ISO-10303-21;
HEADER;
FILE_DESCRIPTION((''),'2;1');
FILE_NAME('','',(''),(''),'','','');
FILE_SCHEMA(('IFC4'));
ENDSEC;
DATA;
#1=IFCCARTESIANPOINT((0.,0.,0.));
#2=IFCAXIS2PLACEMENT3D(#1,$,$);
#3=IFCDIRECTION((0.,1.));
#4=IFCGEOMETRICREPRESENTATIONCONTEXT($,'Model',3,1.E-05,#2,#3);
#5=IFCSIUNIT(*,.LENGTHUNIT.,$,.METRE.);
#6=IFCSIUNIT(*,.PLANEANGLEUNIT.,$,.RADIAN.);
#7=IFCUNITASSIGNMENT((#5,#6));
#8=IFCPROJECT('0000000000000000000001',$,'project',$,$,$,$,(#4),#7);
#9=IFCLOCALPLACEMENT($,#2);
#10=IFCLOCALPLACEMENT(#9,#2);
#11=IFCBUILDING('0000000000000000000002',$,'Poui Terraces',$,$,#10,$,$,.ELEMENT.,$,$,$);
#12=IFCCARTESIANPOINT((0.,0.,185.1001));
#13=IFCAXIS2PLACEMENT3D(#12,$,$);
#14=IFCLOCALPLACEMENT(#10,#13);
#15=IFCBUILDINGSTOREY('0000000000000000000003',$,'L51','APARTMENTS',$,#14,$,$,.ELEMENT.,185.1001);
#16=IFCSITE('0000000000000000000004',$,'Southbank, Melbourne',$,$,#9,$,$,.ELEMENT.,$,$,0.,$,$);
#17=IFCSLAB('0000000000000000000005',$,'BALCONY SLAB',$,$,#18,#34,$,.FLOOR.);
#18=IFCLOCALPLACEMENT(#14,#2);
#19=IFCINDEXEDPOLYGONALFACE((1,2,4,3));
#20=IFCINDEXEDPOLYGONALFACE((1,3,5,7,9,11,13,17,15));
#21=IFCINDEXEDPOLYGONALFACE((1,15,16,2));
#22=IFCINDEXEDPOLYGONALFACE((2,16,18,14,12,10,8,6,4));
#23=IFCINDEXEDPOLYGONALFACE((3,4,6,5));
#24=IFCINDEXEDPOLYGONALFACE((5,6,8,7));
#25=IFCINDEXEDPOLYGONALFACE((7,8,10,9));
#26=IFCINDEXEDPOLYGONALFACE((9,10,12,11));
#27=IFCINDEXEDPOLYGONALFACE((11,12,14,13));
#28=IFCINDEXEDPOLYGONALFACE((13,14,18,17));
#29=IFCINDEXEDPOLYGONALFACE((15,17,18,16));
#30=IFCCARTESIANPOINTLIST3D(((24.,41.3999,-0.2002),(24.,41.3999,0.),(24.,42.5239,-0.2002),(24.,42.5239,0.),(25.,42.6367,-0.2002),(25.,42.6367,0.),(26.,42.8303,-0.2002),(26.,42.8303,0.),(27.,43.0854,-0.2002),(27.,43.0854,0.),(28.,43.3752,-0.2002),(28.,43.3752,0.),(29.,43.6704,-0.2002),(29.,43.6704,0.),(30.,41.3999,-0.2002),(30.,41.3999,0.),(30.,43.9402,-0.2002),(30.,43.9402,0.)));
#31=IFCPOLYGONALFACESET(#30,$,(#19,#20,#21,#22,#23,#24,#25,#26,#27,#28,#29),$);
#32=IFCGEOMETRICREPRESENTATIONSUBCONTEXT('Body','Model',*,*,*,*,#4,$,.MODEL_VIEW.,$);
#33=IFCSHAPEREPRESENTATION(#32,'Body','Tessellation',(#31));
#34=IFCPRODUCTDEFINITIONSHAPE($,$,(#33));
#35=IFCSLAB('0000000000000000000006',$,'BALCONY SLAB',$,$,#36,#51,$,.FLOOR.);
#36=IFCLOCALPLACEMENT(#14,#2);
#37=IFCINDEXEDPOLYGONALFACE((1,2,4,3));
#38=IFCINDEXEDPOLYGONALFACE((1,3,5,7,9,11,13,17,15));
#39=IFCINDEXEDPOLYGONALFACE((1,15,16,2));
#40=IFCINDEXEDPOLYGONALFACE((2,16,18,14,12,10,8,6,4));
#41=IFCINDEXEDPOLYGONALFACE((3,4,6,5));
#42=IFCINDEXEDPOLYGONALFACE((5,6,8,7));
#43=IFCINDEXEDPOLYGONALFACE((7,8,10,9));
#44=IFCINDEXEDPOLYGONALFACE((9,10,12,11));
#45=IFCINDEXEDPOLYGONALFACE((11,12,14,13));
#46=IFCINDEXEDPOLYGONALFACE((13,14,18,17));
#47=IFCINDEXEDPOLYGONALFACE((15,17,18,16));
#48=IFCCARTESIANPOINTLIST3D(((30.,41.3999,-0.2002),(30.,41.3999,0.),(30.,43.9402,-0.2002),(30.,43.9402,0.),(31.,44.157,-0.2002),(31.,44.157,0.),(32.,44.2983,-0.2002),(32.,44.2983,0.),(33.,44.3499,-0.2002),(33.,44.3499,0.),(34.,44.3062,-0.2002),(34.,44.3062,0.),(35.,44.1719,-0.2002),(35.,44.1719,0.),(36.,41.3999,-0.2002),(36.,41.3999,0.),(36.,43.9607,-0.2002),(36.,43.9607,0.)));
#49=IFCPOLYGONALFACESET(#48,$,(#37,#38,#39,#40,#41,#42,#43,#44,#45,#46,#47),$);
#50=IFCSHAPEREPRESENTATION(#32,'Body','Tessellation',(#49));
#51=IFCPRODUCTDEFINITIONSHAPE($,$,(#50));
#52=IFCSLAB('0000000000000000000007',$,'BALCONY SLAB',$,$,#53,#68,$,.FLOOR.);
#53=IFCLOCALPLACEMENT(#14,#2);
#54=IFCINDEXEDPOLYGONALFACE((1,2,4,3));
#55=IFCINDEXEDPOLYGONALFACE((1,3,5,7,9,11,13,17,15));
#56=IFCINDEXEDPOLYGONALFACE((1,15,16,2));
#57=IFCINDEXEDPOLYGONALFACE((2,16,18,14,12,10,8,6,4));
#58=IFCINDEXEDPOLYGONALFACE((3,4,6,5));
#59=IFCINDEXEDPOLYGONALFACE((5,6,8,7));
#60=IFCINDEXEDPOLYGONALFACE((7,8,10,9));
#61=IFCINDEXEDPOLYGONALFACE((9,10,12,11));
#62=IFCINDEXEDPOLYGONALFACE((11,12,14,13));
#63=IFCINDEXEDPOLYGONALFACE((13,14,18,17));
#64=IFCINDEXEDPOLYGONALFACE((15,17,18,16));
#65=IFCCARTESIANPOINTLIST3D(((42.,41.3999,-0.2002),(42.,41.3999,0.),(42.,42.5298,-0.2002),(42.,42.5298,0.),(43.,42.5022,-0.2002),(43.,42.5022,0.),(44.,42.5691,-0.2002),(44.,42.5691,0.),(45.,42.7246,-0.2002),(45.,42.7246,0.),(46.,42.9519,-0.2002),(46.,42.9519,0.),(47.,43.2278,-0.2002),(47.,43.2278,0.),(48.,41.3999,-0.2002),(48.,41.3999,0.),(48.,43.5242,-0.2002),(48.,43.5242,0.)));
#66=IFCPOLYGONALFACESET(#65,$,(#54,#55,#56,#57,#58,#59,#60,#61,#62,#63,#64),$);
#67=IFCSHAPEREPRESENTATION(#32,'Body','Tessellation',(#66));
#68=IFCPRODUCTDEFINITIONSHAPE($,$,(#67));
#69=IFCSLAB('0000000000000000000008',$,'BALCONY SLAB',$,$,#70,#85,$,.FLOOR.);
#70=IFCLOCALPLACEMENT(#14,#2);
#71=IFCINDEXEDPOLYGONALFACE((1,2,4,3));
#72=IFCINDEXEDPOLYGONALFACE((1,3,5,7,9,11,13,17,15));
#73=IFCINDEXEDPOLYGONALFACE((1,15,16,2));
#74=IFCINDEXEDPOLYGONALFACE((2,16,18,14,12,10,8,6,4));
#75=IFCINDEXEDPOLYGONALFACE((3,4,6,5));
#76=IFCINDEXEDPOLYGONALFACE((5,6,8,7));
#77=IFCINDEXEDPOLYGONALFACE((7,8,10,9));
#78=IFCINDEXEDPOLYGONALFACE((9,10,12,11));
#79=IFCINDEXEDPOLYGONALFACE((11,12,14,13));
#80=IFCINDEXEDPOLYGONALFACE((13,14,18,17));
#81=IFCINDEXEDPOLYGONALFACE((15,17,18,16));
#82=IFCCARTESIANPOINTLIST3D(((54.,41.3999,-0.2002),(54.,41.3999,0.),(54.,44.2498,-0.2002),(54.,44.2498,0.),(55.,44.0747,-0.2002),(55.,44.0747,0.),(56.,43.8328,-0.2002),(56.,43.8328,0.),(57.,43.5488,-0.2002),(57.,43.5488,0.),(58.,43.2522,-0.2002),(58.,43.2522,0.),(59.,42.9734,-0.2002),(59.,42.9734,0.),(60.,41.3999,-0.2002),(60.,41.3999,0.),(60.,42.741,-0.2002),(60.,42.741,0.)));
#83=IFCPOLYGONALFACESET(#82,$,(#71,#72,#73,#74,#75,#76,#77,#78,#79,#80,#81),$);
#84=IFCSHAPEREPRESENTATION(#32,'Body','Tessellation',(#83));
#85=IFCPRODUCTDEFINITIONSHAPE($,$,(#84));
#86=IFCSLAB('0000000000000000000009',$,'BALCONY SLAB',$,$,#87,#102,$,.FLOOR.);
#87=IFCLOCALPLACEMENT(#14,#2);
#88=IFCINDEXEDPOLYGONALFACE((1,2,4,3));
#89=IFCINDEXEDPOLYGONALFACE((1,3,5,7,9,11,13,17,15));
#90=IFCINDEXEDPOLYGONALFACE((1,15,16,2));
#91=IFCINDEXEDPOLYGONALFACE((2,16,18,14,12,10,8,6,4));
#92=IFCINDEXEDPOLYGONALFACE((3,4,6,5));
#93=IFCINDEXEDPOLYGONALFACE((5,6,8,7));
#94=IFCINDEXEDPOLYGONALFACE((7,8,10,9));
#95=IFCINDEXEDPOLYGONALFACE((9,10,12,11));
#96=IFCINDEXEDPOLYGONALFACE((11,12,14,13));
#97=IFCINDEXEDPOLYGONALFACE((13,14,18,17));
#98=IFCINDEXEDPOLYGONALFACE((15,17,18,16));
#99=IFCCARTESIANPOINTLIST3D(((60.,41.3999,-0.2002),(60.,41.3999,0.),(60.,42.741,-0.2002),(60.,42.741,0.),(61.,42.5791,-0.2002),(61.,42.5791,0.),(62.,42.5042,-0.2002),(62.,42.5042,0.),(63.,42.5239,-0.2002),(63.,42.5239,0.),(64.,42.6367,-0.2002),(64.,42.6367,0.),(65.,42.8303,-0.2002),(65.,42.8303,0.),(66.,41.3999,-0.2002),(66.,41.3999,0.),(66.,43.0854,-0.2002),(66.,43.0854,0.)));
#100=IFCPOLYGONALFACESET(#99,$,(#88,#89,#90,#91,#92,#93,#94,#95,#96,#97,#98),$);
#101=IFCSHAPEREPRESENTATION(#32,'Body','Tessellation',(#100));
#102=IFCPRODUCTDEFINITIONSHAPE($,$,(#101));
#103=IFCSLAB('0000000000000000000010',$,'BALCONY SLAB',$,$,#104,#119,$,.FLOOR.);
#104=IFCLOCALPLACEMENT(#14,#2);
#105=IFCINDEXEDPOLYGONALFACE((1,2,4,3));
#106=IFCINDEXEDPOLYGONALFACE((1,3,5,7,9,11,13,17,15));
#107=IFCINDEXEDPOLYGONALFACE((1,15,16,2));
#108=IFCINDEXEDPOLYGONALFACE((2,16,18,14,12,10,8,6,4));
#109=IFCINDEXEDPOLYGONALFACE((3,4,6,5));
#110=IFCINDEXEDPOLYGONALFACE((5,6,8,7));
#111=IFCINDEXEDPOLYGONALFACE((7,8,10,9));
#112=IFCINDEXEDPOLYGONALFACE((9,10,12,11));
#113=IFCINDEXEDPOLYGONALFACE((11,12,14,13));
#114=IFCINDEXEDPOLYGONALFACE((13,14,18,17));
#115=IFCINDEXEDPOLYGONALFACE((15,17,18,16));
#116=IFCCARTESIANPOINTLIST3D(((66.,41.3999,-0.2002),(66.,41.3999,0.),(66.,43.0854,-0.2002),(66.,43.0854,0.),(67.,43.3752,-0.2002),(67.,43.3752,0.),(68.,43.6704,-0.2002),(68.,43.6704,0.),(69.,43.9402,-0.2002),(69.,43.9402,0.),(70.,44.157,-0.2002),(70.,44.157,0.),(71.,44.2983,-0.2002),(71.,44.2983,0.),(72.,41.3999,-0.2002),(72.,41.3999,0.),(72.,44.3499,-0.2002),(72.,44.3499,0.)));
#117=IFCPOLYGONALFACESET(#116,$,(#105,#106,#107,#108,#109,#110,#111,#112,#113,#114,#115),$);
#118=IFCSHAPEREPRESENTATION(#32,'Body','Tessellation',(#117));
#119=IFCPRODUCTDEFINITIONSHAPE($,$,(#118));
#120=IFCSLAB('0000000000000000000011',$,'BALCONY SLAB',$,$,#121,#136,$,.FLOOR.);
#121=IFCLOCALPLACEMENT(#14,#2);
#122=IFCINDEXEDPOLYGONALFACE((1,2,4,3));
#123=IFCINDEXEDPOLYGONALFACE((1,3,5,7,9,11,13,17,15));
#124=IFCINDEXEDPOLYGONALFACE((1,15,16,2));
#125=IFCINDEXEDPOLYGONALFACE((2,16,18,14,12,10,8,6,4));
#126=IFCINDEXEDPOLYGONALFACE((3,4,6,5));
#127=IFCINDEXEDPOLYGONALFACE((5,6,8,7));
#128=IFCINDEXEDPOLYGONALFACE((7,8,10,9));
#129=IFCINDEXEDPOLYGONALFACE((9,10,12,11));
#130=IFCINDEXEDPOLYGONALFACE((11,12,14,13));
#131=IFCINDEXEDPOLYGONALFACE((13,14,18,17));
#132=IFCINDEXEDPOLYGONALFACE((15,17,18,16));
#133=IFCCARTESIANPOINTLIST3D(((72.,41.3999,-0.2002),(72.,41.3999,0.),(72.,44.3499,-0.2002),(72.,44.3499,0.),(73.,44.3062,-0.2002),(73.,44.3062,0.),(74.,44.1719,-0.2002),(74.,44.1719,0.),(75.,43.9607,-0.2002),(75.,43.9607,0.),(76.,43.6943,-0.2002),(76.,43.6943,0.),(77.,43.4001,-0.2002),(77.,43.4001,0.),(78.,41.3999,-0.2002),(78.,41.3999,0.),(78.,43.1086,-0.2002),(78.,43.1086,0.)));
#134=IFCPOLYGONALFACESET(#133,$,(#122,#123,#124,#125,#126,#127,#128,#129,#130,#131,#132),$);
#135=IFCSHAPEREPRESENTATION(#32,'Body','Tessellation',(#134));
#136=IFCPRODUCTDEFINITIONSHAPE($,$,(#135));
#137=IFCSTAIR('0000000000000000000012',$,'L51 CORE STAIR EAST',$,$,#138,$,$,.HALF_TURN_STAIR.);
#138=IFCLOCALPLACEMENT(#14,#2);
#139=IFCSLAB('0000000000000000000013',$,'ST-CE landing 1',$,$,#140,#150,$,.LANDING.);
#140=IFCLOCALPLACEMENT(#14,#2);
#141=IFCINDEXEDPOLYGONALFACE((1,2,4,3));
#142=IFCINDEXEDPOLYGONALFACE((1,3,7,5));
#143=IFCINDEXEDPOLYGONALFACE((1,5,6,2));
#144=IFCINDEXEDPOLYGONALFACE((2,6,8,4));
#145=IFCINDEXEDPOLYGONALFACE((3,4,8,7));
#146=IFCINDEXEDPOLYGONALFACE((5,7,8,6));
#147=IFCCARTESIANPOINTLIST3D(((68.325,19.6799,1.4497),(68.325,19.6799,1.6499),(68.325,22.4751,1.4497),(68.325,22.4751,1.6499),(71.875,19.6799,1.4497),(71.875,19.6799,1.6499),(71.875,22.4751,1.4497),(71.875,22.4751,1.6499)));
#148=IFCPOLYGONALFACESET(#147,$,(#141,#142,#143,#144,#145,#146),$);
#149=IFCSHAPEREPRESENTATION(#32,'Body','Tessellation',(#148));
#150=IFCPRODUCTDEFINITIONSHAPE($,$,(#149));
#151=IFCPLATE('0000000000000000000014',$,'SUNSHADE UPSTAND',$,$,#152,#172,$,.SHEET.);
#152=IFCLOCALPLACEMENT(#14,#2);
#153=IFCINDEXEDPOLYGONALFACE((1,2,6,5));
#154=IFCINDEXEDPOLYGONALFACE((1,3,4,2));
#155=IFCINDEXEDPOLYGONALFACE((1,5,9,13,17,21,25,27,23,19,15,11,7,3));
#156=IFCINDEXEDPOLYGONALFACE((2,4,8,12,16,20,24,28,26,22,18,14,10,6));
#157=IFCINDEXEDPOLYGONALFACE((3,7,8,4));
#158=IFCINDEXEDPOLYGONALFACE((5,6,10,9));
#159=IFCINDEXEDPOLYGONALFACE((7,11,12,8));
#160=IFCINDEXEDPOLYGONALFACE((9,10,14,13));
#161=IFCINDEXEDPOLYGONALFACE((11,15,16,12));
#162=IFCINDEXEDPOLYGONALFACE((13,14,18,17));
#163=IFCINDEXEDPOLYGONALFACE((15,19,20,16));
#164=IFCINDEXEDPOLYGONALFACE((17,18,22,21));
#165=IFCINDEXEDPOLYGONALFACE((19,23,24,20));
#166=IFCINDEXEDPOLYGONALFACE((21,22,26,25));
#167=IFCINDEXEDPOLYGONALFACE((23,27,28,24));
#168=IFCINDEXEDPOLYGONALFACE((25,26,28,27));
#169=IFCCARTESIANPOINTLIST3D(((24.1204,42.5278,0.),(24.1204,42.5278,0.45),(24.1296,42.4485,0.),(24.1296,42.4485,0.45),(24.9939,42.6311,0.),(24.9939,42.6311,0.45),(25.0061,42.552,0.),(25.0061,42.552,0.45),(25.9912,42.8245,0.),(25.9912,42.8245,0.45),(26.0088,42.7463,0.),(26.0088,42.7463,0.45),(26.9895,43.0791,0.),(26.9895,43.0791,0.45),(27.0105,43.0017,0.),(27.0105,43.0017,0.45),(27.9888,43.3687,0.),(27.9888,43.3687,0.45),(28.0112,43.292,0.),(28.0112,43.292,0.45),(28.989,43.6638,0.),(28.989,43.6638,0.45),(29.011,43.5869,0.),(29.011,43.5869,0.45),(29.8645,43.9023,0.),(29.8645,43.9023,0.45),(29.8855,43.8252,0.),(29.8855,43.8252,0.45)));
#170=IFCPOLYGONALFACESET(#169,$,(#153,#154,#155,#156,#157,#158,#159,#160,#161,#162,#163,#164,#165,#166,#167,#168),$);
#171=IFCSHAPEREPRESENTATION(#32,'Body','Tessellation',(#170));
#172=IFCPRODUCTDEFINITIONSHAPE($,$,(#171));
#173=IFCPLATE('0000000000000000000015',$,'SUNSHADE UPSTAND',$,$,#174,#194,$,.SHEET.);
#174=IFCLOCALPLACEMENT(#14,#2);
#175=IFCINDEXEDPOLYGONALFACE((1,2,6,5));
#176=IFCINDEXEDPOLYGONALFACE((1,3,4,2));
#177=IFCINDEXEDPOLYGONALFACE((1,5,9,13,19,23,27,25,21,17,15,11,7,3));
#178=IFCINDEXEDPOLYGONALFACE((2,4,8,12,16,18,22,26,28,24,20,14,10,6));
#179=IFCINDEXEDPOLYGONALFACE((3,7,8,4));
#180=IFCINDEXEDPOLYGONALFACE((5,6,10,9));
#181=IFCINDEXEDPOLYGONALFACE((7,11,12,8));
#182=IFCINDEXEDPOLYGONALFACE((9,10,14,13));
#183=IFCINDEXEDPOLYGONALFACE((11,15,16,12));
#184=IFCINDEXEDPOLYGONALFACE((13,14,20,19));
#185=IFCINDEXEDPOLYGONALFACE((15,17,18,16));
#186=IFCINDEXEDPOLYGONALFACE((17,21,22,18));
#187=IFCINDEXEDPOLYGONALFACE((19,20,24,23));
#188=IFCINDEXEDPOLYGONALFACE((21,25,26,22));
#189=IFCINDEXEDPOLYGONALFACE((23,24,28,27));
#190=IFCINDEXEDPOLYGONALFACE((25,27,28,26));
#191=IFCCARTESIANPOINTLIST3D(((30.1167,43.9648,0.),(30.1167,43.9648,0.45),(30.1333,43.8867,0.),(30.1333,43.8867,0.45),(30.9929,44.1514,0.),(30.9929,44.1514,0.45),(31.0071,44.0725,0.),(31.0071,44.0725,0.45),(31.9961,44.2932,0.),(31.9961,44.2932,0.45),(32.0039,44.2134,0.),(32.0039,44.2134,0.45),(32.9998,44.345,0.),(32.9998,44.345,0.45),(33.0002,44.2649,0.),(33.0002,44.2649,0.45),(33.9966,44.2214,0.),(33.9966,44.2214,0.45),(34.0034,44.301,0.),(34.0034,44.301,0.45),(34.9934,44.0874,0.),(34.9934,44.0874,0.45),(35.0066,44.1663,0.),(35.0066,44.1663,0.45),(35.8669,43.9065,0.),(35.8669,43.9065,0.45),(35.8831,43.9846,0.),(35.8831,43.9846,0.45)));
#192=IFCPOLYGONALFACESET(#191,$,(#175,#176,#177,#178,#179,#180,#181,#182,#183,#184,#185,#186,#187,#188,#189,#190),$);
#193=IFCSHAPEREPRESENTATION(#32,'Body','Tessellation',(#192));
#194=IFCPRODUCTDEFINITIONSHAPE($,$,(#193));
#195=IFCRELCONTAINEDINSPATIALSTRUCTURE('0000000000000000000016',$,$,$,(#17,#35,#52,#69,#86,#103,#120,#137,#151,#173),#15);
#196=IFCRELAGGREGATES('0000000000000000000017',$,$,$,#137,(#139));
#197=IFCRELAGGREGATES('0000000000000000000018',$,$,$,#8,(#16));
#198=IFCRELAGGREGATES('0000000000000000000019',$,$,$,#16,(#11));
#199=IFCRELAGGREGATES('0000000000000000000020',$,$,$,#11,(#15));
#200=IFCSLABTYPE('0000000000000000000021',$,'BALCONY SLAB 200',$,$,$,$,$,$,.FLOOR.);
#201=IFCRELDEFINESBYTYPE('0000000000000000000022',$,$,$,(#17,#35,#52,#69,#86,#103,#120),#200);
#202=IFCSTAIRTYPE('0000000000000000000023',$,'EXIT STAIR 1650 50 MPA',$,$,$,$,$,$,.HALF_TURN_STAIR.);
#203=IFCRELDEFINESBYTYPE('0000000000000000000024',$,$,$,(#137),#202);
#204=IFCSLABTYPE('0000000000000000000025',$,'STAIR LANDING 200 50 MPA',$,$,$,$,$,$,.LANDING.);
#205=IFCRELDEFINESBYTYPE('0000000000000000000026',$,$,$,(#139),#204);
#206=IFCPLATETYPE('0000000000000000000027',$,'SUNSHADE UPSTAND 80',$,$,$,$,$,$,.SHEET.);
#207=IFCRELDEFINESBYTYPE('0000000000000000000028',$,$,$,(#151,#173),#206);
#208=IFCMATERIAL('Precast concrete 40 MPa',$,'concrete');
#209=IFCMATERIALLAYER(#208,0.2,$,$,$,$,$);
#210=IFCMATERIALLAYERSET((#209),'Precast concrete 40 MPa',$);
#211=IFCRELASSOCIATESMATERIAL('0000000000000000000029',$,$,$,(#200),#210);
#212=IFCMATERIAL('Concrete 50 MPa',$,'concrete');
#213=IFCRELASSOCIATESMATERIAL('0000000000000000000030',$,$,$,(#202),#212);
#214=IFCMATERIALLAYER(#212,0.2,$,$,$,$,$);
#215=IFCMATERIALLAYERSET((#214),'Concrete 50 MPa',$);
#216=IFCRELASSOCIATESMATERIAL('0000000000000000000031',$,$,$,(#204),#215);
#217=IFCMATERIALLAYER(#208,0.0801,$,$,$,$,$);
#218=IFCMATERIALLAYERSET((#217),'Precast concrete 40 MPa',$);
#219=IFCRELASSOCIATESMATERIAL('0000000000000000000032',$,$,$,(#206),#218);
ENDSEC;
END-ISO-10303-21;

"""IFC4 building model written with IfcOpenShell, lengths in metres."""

from ifc_helpers import new_model, si_unit, direction, frame, origin, place, context, subcontext, project, spatial, polyline, outline, extrude, material, layer, layer_set, type_object, element, aggregate, save


model = new_model("IFC4")

# Units and contexts
model_context = context("Model", 3, precision=1e-05, world=origin(), true_north=direction((0.0, 1.0)))
body_context = subcontext(model_context, "Body", "Model", "MODEL_VIEW")
ifc_project = project(units=[si_unit("LENGTHUNIT", "METRE"), si_unit("PLANEANGLEUNIT", "RADIAN")], contexts=[model_context])

# Site, building, storey
site_placement = place(None, origin())
site = spatial("IfcSite", under=ifc_project, at=site_placement, Name="Southbank, Melbourne", CompositionType="ELEMENT", RefElevation=0.0)
building_placement = place(site_placement, origin())
building = spatial("IfcBuilding", under=site, at=building_placement, Name="Poui Terraces", CompositionType="ELEMENT")
storey_placement = place(building_placement, frame((0.0, 0.0, 185.1001)))
storey = spatial("IfcBuildingStorey", under=building, at=storey_placement, Name="L51", Description="APARTMENTS", CompositionType="ELEMENT", Elevation=185.1001)

# Slabs
ifc_material_1 = material(Name="Precast concrete 40 MPa", Category="concrete")
ifc_layer_1 = layer(ifc_material_1, 0.2)
ifc_layer_set_1 = layer_set([ifc_layer_1], Name="Precast concrete 40 MPa")
slab_type_1 = type_object("IfcSlabType", Name="BALCONY SLAB 200", PredefinedType="FLOOR", material=ifc_layer_set_1)
slab_1_placement = place(storey_placement, frame((0.0, 0.0, -0.2002)))
element("IfcSlab", 1, at=slab_1_placement, inside=storey, type_object=slab_type_1, Name="BALCONY SLAB", PredefinedType="FLOOR", context=body_context, shape_type="SweptSolid", body=[
    extrude(outline(polyline([(24.0, 41.3999), (30.0, 41.3999), (30.0, 43.9402), (29.0, 43.6704), (28.0, 43.3752), (27.0, 43.0854), (26.0, 42.8303), (25.0, 42.6367), (24.0, 42.5239), (24.0, 41.3999)])), origin(), (0.0, 0.0, 1.0), 0.2002),
])
slab_2_placement = place(storey_placement, frame((0.0, 0.0, -0.2002)))
element("IfcSlab", 2, at=slab_2_placement, inside=storey, type_object=slab_type_1, Name="BALCONY SLAB", PredefinedType="FLOOR", context=body_context, shape_type="SweptSolid", body=[
    extrude(outline(polyline([(30.0, 41.3999), (36.0, 41.3999), (36.0, 43.9607), (35.0, 44.1719), (34.0, 44.3062), (33.0, 44.3499), (32.0, 44.2983), (31.0, 44.157), (30.0, 43.9402), (30.0, 41.3999)])), origin(), (0.0, 0.0, 1.0), 0.2002),
])
slab_3_placement = place(storey_placement, frame((0.0, 0.0, -0.2002)))
element("IfcSlab", 3, at=slab_3_placement, inside=storey, type_object=slab_type_1, Name="BALCONY SLAB", PredefinedType="FLOOR", context=body_context, shape_type="SweptSolid", body=[
    extrude(outline(polyline([(42.0, 41.3999), (48.0, 41.3999), (48.0, 43.5242), (47.0, 43.2278), (46.0, 42.9519), (45.0, 42.7246), (44.0, 42.5691), (43.0, 42.5022), (42.0, 42.5298), (42.0, 41.3999)])), origin(), (0.0, 0.0, 1.0), 0.2002),
])
slab_4_placement = place(storey_placement, frame((0.0, 0.0, -0.2002)))
element("IfcSlab", 4, at=slab_4_placement, inside=storey, type_object=slab_type_1, Name="BALCONY SLAB", PredefinedType="FLOOR", context=body_context, shape_type="SweptSolid", body=[
    extrude(outline(polyline([(54.0, 41.3999), (60.0, 41.3999), (60.0, 42.741), (59.0, 42.9734), (58.0, 43.2522), (57.0, 43.5488), (56.0, 43.8328), (55.0, 44.0747), (54.0, 44.2498), (54.0, 41.3999)])), origin(), (0.0, 0.0, 1.0), 0.2002),
])
slab_5_placement = place(storey_placement, frame((0.0, 0.0, -0.2002)))
element("IfcSlab", 5, at=slab_5_placement, inside=storey, type_object=slab_type_1, Name="BALCONY SLAB", PredefinedType="FLOOR", context=body_context, shape_type="SweptSolid", body=[
    extrude(outline(polyline([(60.0, 41.3999), (66.0, 41.3999), (66.0, 43.0854), (65.0, 42.8303), (64.0, 42.6367), (63.0, 42.5239), (62.0, 42.5042), (61.0, 42.5791), (60.0, 42.741), (60.0, 41.3999)])), origin(), (0.0, 0.0, 1.0), 0.2002),
])
slab_6_placement = place(storey_placement, frame((0.0, 0.0, -0.2002)))
element("IfcSlab", 6, at=slab_6_placement, inside=storey, type_object=slab_type_1, Name="BALCONY SLAB", PredefinedType="FLOOR", context=body_context, shape_type="SweptSolid", body=[
    extrude(outline(polyline([(66.0, 41.3999), (72.0, 41.3999), (72.0, 44.3499), (71.0, 44.2983), (70.0, 44.157), (69.0, 43.9402), (68.0, 43.6704), (67.0, 43.3752), (66.0, 43.0854), (66.0, 41.3999)])), origin(), (0.0, 0.0, 1.0), 0.2002),
])
slab_7_placement = place(storey_placement, frame((0.0, 0.0, -0.2002)))
element("IfcSlab", 7, at=slab_7_placement, inside=storey, type_object=slab_type_1, Name="BALCONY SLAB", PredefinedType="FLOOR", context=body_context, shape_type="SweptSolid", body=[
    extrude(outline(polyline([(72.0, 41.3999), (78.0, 41.3999), (78.0, 43.1086), (77.0, 43.4001), (76.0, 43.6943), (75.0, 43.9607), (74.0, 44.1719), (73.0, 44.3062), (72.0, 44.3499), (72.0, 41.3999)])), origin(), (0.0, 0.0, 1.0), 0.2002),
])

# Stair, slab
ifc_material_2 = material(Name="Concrete 50 MPa", Category="concrete")
stair_type = type_object("IfcStairType", Name="EXIT STAIR 1650 50 MPA", PredefinedType="HALF_TURN_STAIR", material=ifc_material_2)
stair_placement = place(storey_placement, origin())
stair = element("IfcStair", 8, at=stair_placement, inside=storey, type_object=stair_type, Name="L51 CORE STAIR EAST", PredefinedType="HALF_TURN_STAIR")
ifc_layer_2 = layer(ifc_material_2, 0.2)
ifc_layer_set_2 = layer_set([ifc_layer_2], Name="Concrete 50 MPa")
slab_type_2 = type_object("IfcSlabType", Name="STAIR LANDING 200 50 MPA", PredefinedType="LANDING", material=ifc_layer_set_2)
slab_8_placement = place(storey_placement, frame((0.0, 0.0, 1.4497)))
slab_8 = element("IfcSlab", 9, at=slab_8_placement, type_object=slab_type_2, Name="ST-CE landing 1", PredefinedType="LANDING", context=body_context, shape_type="SweptSolid", body=[
    extrude(outline(polyline([(68.325, 19.6799), (71.875, 19.6799), (71.875, 22.4751), (68.325, 22.4751), (68.325, 19.6799)])), origin(), (0.0, 0.0, 1.0), 0.2002),
])
aggregate(stair, [slab_8])

# Plates
ifc_layer_3 = layer(ifc_material_1, 0.0801)
ifc_layer_set_3 = layer_set([ifc_layer_3], Name="Precast concrete 40 MPa")
plate_type = type_object("IfcPlateType", Name="SUNSHADE UPSTAND 80", PredefinedType="SHEET", material=ifc_layer_set_3)
plate_1_placement = place(storey_placement, origin())
element("IfcPlate", 10, at=plate_1_placement, inside=storey, type_object=plate_type, Name="SUNSHADE UPSTAND", PredefinedType="SHEET", context=body_context, shape_type="SweptSolid", body=[
    extrude(outline(polyline([(24.9939, 42.6311), (24.1204, 42.5278), (24.1296, 42.4485), (25.0061, 42.552), (26.0088, 42.7463), (27.0105, 43.0017), (28.0112, 43.292), (29.011, 43.5869), (29.8855, 43.8252), (29.8645, 43.9023), (28.989, 43.6638), (27.9888, 43.3687), (26.9895, 43.0791), (25.9912, 42.8245), (24.9939, 42.6311)])), origin(), (0.0, 0.0, 1.0), 0.45),
])
plate_2_placement = place(storey_placement, origin())
element("IfcPlate", 11, at=plate_2_placement, inside=storey, type_object=plate_type, Name="SUNSHADE UPSTAND", PredefinedType="SHEET", context=body_context, shape_type="SweptSolid", body=[
    extrude(outline(polyline([(30.9929, 44.1514), (30.1167, 43.9648), (30.1333, 43.8867), (31.0071, 44.0725), (32.0039, 44.2134), (33.0002, 44.2649), (33.9966, 44.2214), (34.9934, 44.0874), (35.8669, 43.9065), (35.8831, 43.9846), (35.0066, 44.1663), (34.0034, 44.301), (32.9998, 44.345), (31.9961, 44.2932), (30.9929, 44.1514)])), origin(), (0.0, 0.0, 1.0), 0.45),
])

save(model, "model.ifc")
